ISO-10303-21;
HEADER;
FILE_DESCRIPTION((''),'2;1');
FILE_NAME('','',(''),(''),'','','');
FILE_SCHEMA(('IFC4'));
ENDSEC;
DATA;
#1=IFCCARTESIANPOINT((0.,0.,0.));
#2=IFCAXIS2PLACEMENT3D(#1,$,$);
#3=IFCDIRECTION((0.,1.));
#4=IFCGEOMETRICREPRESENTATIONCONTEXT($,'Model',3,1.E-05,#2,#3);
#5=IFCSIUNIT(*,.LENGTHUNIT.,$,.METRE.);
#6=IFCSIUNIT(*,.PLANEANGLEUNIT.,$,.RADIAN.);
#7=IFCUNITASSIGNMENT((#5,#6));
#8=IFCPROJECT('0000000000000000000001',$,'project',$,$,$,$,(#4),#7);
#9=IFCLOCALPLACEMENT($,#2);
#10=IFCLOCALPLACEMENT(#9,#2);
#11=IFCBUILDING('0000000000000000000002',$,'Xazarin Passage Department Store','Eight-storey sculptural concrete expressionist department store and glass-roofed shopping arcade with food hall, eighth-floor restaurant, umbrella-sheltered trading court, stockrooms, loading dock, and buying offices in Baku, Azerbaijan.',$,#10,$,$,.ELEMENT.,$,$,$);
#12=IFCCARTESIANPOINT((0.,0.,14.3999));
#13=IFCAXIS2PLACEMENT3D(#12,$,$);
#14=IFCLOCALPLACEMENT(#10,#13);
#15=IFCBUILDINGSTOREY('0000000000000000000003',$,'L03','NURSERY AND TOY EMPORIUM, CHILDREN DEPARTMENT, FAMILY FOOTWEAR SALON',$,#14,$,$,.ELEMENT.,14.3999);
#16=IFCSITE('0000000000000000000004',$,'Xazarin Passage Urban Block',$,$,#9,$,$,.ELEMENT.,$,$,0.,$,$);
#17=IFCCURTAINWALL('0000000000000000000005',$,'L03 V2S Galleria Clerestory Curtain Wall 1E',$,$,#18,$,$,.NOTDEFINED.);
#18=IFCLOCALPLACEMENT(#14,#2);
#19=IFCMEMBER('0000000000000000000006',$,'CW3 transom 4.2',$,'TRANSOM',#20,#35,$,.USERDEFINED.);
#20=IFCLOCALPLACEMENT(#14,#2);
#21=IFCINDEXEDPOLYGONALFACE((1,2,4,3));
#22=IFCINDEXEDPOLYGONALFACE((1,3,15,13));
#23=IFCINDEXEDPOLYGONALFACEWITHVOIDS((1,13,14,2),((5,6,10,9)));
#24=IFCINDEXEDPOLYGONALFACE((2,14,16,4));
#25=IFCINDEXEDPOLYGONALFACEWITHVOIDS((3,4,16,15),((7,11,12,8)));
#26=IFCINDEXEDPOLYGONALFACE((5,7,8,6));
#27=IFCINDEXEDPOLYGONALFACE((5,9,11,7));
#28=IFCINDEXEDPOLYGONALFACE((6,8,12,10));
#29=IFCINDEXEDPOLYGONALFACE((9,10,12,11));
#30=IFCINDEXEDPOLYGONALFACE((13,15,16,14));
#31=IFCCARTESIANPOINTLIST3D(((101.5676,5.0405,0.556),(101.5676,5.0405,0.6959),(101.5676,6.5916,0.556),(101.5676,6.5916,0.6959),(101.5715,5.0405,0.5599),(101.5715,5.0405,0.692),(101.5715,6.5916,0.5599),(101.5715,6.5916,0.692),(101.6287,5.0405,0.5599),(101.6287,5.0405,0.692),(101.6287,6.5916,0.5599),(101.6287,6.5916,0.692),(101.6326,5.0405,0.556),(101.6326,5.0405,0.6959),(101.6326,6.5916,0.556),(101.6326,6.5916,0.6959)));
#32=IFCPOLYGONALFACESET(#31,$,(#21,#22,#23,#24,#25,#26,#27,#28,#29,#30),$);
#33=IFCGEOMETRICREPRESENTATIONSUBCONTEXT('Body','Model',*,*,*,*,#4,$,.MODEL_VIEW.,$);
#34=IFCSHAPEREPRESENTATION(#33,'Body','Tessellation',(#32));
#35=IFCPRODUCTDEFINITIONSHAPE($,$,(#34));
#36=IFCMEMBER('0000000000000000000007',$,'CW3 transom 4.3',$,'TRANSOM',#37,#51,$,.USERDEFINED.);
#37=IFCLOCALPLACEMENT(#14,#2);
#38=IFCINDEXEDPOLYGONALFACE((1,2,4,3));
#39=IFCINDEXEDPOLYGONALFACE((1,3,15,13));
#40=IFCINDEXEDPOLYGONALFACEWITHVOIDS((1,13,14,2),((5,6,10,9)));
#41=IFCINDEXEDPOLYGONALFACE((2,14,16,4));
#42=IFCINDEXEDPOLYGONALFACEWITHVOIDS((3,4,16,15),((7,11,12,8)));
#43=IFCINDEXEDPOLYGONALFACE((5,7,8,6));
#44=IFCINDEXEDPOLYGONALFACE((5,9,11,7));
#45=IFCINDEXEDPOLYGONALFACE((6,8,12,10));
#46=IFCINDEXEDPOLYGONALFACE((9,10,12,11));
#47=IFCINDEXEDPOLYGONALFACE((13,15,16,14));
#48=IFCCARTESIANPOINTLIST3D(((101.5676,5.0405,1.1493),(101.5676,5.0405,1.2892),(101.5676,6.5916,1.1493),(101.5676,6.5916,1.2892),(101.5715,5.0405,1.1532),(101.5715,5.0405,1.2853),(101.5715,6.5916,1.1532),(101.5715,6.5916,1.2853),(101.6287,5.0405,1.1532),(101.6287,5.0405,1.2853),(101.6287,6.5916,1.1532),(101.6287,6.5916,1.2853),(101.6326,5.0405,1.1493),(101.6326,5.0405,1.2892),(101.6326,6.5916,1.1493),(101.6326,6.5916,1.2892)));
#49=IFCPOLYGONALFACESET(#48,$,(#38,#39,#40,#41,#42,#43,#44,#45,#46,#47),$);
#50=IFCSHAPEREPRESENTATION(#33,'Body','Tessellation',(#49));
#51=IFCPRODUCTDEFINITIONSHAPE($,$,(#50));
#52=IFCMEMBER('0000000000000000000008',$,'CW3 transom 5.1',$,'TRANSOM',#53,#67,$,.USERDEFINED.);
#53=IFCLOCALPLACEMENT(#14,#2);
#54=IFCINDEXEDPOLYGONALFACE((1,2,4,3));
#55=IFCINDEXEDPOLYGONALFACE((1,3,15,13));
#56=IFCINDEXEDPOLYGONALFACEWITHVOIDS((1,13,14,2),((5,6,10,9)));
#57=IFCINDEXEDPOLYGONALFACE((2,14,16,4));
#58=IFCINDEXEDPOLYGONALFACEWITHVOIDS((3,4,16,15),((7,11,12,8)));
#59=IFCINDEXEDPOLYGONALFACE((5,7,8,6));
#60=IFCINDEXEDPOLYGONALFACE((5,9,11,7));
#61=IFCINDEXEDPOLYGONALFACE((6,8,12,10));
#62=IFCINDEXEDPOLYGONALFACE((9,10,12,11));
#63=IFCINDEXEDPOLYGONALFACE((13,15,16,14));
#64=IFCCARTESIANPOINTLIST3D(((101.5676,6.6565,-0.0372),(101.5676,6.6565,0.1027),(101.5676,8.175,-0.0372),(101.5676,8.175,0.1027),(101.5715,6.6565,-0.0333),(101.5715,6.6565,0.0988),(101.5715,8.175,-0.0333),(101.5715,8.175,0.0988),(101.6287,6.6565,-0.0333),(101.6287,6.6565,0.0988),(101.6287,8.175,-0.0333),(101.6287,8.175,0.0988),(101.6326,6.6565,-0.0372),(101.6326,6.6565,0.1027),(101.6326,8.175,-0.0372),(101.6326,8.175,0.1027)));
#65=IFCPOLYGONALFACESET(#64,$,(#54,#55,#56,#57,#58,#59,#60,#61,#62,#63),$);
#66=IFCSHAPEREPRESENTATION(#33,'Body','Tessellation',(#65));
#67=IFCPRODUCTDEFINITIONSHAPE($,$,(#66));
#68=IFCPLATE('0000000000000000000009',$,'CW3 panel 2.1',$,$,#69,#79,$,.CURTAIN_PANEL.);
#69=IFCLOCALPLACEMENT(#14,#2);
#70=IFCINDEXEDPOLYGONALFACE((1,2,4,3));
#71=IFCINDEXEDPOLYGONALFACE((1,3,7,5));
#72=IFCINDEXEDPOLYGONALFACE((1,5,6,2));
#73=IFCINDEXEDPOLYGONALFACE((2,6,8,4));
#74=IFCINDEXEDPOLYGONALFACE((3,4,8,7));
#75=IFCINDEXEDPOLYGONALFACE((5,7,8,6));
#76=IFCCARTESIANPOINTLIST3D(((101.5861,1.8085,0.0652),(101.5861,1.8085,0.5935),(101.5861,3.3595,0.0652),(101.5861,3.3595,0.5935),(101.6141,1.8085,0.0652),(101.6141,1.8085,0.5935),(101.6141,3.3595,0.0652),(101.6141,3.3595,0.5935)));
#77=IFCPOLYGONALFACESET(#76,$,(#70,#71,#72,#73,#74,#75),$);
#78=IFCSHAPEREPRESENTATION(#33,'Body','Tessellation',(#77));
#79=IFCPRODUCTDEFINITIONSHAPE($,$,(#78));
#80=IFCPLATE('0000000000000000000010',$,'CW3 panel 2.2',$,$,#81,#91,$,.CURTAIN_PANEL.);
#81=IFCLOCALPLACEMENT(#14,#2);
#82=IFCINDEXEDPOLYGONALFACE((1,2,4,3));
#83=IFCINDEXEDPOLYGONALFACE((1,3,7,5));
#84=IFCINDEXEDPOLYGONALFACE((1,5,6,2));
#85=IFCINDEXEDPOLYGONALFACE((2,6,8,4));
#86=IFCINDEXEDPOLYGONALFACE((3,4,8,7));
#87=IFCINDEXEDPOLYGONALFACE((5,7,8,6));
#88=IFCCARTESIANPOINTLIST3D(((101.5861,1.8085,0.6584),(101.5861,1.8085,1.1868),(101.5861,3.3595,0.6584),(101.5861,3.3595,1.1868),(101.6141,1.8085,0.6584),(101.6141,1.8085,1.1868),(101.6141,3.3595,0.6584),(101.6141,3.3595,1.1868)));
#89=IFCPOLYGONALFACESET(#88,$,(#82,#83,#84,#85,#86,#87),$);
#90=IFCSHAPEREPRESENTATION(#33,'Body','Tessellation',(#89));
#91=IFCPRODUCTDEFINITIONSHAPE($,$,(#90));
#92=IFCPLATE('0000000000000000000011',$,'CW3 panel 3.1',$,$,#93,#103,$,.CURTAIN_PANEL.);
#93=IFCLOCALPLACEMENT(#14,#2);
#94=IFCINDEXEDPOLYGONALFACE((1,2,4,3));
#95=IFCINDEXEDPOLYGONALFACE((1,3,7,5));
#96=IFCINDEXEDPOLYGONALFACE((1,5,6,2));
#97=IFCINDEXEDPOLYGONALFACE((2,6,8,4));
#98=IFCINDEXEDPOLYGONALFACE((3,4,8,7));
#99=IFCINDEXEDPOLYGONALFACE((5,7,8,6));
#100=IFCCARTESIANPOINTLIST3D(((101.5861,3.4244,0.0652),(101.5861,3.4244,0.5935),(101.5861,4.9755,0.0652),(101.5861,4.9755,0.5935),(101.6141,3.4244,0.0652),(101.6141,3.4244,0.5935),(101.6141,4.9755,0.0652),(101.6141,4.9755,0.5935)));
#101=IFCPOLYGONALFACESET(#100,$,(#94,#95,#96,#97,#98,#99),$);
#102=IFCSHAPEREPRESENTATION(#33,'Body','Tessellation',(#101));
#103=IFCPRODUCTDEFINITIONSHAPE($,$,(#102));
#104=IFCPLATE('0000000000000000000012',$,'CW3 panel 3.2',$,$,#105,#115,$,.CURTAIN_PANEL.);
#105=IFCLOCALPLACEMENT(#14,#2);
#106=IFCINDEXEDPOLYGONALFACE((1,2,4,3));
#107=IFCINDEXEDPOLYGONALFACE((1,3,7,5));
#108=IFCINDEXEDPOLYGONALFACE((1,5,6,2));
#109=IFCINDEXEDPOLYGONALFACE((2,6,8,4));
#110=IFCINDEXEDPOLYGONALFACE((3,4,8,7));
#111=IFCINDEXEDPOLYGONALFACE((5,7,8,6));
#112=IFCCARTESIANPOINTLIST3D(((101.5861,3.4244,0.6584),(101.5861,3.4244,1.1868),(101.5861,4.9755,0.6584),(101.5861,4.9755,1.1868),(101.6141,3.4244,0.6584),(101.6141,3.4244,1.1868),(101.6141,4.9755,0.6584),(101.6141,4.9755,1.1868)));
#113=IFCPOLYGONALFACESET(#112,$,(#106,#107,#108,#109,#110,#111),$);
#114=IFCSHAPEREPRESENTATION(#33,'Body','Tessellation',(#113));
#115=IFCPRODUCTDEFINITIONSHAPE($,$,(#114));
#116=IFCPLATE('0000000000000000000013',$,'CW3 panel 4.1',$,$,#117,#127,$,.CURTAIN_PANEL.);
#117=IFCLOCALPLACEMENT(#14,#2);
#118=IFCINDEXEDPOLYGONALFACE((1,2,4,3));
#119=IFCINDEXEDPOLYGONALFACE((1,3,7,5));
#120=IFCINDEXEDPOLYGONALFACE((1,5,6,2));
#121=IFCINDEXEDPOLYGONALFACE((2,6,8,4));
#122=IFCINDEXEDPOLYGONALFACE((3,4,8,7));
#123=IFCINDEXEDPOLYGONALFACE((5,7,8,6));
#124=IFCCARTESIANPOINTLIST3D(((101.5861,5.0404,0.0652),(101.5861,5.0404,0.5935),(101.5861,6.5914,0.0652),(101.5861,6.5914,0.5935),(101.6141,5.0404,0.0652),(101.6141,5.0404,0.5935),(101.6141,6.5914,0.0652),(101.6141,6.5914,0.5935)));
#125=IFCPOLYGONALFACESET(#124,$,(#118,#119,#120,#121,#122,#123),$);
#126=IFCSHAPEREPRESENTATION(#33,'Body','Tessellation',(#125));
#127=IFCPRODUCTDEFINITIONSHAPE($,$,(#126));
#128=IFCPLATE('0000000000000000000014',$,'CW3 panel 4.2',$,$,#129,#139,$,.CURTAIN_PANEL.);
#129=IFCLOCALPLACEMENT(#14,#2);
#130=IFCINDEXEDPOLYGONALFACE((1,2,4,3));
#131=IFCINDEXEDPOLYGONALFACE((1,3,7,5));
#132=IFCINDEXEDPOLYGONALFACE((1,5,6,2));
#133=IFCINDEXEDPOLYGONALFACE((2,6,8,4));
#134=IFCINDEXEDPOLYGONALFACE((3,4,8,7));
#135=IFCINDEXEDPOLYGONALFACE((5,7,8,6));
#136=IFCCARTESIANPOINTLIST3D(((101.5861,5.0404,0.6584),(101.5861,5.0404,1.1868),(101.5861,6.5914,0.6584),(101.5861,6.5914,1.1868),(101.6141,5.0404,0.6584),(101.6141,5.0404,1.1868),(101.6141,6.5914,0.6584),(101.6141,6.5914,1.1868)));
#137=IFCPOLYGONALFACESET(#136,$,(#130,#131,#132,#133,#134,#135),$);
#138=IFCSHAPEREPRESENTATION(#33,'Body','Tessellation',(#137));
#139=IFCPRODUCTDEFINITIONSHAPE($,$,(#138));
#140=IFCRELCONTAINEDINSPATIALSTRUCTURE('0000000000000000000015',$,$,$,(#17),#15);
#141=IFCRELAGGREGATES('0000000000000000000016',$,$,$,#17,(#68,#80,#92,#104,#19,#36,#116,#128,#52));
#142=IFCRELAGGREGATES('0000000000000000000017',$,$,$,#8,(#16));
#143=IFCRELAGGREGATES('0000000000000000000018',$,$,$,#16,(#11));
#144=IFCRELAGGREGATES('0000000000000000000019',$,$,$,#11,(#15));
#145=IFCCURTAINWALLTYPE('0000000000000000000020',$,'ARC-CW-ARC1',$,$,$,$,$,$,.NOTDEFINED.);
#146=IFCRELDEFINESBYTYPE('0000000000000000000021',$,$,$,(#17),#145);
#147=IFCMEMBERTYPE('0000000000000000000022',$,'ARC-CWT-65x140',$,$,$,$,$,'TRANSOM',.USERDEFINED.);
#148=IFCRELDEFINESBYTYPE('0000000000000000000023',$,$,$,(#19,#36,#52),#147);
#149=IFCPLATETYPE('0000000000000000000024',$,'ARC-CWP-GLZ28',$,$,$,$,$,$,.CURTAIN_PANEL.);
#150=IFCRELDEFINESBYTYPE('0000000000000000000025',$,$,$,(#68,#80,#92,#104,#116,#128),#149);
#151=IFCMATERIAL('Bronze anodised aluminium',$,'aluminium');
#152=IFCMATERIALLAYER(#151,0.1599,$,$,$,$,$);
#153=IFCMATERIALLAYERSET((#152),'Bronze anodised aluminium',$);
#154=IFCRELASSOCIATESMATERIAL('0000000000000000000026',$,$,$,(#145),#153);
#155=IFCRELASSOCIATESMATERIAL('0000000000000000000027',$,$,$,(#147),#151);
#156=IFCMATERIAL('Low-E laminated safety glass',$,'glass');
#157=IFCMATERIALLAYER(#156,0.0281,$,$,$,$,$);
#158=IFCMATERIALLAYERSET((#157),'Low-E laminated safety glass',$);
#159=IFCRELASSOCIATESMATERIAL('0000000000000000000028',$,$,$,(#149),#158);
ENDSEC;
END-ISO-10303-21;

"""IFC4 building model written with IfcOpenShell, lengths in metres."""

from ifc_helpers import new_model, si_unit, direction, frame, origin, origin_2d, place, context, subcontext, project, spatial, rectangle, hollow_rectangle, extrude, material, layer, layer_set, material_profile, profile_set, type_object, element, aggregate, save


model = new_model("IFC4")

# Units and contexts
model_context = context("Model", 3, precision=1e-05, world=origin(), true_north=direction((0.0, 1.0)))
body_context = subcontext(model_context, "Body", "Model", "MODEL_VIEW")
ifc_project = project(units=[si_unit("LENGTHUNIT", "METRE"), si_unit("PLANEANGLEUNIT", "RADIAN")], contexts=[model_context])

# Site, building, storey
site_placement = place(None, origin())
site = spatial("IfcSite", under=ifc_project, at=site_placement, Name="Xazarin Passage Urban Block", CompositionType="ELEMENT", RefElevation=0.0)
building_placement = place(site_placement, origin())
building = spatial("IfcBuilding", under=site, at=building_placement, Name="Xazarin Passage Department Store", Description="Eight-storey sculptural concrete expressionist department store and glass-roofed shopping arcade with food hall, eighth-floor restaurant, umbrella-sheltered trading court, stockrooms, loading dock, and buying offices in Baku, Azerbaijan.", CompositionType="ELEMENT")
storey_placement = place(building_placement, frame((0.0, 0.0, 14.3999)))
storey = spatial("IfcBuildingStorey", under=building, at=storey_placement, Name="L03", Description="NURSERY AND TOY EMPORIUM, CHILDREN DEPARTMENT, FAMILY FOOTWEAR SALON", CompositionType="ELEMENT", Elevation=14.3999)

# Curtain wall, members, plates
ifc_material_1 = material(Name="Bronze anodised aluminium", Category="aluminium")
ifc_layer_1 = layer(ifc_material_1, 0.1599)
ifc_layer_set_1 = layer_set([ifc_layer_1], Name="Bronze anodised aluminium")
curtain_wall_type = type_object("IfcCurtainWallType", Name="ARC-CW-ARC1", PredefinedType="NOTDEFINED", material=ifc_layer_set_1)
curtain_wall_placement = place(storey_placement, origin())
curtain_wall = element("IfcCurtainWall", 1, at=curtain_wall_placement, inside=storey, type_object=curtain_wall_type, Name="L03 V2S Galleria Clerestory Curtain Wall 1E", PredefinedType="NOTDEFINED")
ifc_material_profile_1 = material_profile(ifc_material_1, hollow_rectangle(XDim=0.0649, YDim=0.1399, WallThickness=0.0039, at=origin_2d()), Name="ALU 65x140")
ifc_profile_set_1 = profile_set([ifc_material_profile_1], Name="Bronze anodised aluminium")
member_type_1 = type_object("IfcMemberType", Name="ARC-CWT-65x140", ElementType="TRANSOM", PredefinedType="USERDEFINED", material=ifc_profile_set_1)
member_1_placement = place(storey_placement, frame((101.6001, 5.0405, 0.626), z_axis=(0.0, 1.0, 0.0), x_axis=(-1.0, 0.0, 0.0)))
member_1 = element("IfcMember", 2, at=member_1_placement, type_object=member_type_1, Name="CW3 transom 4.2", ObjectType="TRANSOM", PredefinedType="USERDEFINED", context=body_context, shape_type="SweptSolid", body=[
    extrude(hollow_rectangle(XDim=0.0649, YDim=0.1399, WallThickness=0.0039, at=origin_2d()), origin(), (0.0, 0.0, 1.0), 1.551),
])
member_2_placement = place(storey_placement, frame((101.6001, 5.0405, 1.2192), z_axis=(0.0, 1.0, 0.0), x_axis=(-1.0, 0.0, 0.0)))
member_2 = element("IfcMember", 3, at=member_2_placement, type_object=member_type_1, Name="CW3 transom 4.3", ObjectType="TRANSOM", PredefinedType="USERDEFINED", context=body_context, shape_type="SweptSolid", body=[
    extrude(hollow_rectangle(XDim=0.0649, YDim=0.1399, WallThickness=0.0039, at=origin_2d()), origin(), (0.0, 0.0, 1.0), 1.551),
])
member_3_placement = place(storey_placement, frame((101.6001, 6.6565, 0.0327), z_axis=(0.0, 1.0, 0.0), x_axis=(-1.0, 0.0, 0.0)))
member_3 = element("IfcMember", 4, at=member_3_placement, type_object=member_type_1, Name="CW3 transom 5.1", ObjectType="TRANSOM", PredefinedType="USERDEFINED", context=body_context, shape_type="SweptSolid", body=[
    extrude(hollow_rectangle(XDim=0.0649, YDim=0.1399, WallThickness=0.0039, at=origin_2d()), origin(), (0.0, 0.0, 1.0), 1.5186),
])
ifc_material_2 = material(Name="Low-E laminated safety glass", Category="glass")
ifc_layer_2 = layer(ifc_material_2, 0.0281)
ifc_layer_set_2 = layer_set([ifc_layer_2], Name="Low-E laminated safety glass")
plate_type = type_object("IfcPlateType", Name="ARC-CWP-GLZ28", PredefinedType="CURTAIN_PANEL", material=ifc_layer_set_2)
plate_1_placement = place(storey_placement, frame((101.6001, 2.584, 0.0652), z_axis=(0.0, 0.0, 1.0), x_axis=(0.0, 1.0, 0.0)))
plate_1 = element("IfcPlate", 5, at=plate_1_placement, type_object=plate_type, Name="CW3 panel 2.1", PredefinedType="CURTAIN_PANEL", context=body_context, shape_type="SweptSolid", body=[
    extrude(rectangle(XDim=1.551, YDim=0.0281, at=origin_2d()), origin(), (0.0, 0.0, 1.0), 0.5283),
])
plate_2_placement = place(storey_placement, frame((101.6001, 2.584, 0.6584), z_axis=(0.0, 0.0, 1.0), x_axis=(0.0, 1.0, 0.0)))
plate_2 = element("IfcPlate", 6, at=plate_2_placement, type_object=plate_type, Name="CW3 panel 2.2", PredefinedType="CURTAIN_PANEL", context=body_context, shape_type="SweptSolid", body=[
    extrude(rectangle(XDim=1.551, YDim=0.0281, at=origin_2d()), origin(), (0.0, 0.0, 1.0), 0.5283),
])
plate_3_placement = place(storey_placement, frame((101.6001, 4.2, 0.0652), z_axis=(0.0, 0.0, 1.0), x_axis=(0.0, 1.0, 0.0)))
plate_3 = element("IfcPlate", 7, at=plate_3_placement, type_object=plate_type, Name="CW3 panel 3.1", PredefinedType="CURTAIN_PANEL", context=body_context, shape_type="SweptSolid", body=[
    extrude(rectangle(XDim=1.551, YDim=0.0281, at=origin_2d()), origin(), (0.0, 0.0, 1.0), 0.5283),
])
plate_4_placement = place(storey_placement, frame((101.6001, 4.2, 0.6584), z_axis=(0.0, 0.0, 1.0), x_axis=(0.0, 1.0, 0.0)))
plate_4 = element("IfcPlate", 8, at=plate_4_placement, type_object=plate_type, Name="CW3 panel 3.2", PredefinedType="CURTAIN_PANEL", context=body_context, shape_type="SweptSolid", body=[
    extrude(rectangle(XDim=1.551, YDim=0.0281, at=origin_2d()), origin(), (0.0, 0.0, 1.0), 0.5283),
])
plate_5_placement = place(storey_placement, frame((101.6001, 5.8159, 0.0652), z_axis=(0.0, 0.0, 1.0), x_axis=(0.0, 1.0, 0.0)))
plate_5 = element("IfcPlate", 9, at=plate_5_placement, type_object=plate_type, Name="CW3 panel 4.1", PredefinedType="CURTAIN_PANEL", context=body_context, shape_type="SweptSolid", body=[
    extrude(rectangle(XDim=1.551, YDim=0.0281, at=origin_2d()), origin(), (0.0, 0.0, 1.0), 0.5283),
])
plate_6_placement = place(storey_placement, frame((101.6001, 5.8159, 0.6584), z_axis=(0.0, 0.0, 1.0), x_axis=(0.0, 1.0, 0.0)))
plate_6 = element("IfcPlate", 10, at=plate_6_placement, type_object=plate_type, Name="CW3 panel 4.2", PredefinedType="CURTAIN_PANEL", context=body_context, shape_type="SweptSolid", body=[
    extrude(rectangle(XDim=1.551, YDim=0.0281, at=origin_2d()), origin(), (0.0, 0.0, 1.0), 0.5283),
])
aggregate(curtain_wall, [plate_1, plate_2, plate_3, plate_4, member_1, member_2, plate_5, plate_6, member_3])

save(model, "model.ifc")
